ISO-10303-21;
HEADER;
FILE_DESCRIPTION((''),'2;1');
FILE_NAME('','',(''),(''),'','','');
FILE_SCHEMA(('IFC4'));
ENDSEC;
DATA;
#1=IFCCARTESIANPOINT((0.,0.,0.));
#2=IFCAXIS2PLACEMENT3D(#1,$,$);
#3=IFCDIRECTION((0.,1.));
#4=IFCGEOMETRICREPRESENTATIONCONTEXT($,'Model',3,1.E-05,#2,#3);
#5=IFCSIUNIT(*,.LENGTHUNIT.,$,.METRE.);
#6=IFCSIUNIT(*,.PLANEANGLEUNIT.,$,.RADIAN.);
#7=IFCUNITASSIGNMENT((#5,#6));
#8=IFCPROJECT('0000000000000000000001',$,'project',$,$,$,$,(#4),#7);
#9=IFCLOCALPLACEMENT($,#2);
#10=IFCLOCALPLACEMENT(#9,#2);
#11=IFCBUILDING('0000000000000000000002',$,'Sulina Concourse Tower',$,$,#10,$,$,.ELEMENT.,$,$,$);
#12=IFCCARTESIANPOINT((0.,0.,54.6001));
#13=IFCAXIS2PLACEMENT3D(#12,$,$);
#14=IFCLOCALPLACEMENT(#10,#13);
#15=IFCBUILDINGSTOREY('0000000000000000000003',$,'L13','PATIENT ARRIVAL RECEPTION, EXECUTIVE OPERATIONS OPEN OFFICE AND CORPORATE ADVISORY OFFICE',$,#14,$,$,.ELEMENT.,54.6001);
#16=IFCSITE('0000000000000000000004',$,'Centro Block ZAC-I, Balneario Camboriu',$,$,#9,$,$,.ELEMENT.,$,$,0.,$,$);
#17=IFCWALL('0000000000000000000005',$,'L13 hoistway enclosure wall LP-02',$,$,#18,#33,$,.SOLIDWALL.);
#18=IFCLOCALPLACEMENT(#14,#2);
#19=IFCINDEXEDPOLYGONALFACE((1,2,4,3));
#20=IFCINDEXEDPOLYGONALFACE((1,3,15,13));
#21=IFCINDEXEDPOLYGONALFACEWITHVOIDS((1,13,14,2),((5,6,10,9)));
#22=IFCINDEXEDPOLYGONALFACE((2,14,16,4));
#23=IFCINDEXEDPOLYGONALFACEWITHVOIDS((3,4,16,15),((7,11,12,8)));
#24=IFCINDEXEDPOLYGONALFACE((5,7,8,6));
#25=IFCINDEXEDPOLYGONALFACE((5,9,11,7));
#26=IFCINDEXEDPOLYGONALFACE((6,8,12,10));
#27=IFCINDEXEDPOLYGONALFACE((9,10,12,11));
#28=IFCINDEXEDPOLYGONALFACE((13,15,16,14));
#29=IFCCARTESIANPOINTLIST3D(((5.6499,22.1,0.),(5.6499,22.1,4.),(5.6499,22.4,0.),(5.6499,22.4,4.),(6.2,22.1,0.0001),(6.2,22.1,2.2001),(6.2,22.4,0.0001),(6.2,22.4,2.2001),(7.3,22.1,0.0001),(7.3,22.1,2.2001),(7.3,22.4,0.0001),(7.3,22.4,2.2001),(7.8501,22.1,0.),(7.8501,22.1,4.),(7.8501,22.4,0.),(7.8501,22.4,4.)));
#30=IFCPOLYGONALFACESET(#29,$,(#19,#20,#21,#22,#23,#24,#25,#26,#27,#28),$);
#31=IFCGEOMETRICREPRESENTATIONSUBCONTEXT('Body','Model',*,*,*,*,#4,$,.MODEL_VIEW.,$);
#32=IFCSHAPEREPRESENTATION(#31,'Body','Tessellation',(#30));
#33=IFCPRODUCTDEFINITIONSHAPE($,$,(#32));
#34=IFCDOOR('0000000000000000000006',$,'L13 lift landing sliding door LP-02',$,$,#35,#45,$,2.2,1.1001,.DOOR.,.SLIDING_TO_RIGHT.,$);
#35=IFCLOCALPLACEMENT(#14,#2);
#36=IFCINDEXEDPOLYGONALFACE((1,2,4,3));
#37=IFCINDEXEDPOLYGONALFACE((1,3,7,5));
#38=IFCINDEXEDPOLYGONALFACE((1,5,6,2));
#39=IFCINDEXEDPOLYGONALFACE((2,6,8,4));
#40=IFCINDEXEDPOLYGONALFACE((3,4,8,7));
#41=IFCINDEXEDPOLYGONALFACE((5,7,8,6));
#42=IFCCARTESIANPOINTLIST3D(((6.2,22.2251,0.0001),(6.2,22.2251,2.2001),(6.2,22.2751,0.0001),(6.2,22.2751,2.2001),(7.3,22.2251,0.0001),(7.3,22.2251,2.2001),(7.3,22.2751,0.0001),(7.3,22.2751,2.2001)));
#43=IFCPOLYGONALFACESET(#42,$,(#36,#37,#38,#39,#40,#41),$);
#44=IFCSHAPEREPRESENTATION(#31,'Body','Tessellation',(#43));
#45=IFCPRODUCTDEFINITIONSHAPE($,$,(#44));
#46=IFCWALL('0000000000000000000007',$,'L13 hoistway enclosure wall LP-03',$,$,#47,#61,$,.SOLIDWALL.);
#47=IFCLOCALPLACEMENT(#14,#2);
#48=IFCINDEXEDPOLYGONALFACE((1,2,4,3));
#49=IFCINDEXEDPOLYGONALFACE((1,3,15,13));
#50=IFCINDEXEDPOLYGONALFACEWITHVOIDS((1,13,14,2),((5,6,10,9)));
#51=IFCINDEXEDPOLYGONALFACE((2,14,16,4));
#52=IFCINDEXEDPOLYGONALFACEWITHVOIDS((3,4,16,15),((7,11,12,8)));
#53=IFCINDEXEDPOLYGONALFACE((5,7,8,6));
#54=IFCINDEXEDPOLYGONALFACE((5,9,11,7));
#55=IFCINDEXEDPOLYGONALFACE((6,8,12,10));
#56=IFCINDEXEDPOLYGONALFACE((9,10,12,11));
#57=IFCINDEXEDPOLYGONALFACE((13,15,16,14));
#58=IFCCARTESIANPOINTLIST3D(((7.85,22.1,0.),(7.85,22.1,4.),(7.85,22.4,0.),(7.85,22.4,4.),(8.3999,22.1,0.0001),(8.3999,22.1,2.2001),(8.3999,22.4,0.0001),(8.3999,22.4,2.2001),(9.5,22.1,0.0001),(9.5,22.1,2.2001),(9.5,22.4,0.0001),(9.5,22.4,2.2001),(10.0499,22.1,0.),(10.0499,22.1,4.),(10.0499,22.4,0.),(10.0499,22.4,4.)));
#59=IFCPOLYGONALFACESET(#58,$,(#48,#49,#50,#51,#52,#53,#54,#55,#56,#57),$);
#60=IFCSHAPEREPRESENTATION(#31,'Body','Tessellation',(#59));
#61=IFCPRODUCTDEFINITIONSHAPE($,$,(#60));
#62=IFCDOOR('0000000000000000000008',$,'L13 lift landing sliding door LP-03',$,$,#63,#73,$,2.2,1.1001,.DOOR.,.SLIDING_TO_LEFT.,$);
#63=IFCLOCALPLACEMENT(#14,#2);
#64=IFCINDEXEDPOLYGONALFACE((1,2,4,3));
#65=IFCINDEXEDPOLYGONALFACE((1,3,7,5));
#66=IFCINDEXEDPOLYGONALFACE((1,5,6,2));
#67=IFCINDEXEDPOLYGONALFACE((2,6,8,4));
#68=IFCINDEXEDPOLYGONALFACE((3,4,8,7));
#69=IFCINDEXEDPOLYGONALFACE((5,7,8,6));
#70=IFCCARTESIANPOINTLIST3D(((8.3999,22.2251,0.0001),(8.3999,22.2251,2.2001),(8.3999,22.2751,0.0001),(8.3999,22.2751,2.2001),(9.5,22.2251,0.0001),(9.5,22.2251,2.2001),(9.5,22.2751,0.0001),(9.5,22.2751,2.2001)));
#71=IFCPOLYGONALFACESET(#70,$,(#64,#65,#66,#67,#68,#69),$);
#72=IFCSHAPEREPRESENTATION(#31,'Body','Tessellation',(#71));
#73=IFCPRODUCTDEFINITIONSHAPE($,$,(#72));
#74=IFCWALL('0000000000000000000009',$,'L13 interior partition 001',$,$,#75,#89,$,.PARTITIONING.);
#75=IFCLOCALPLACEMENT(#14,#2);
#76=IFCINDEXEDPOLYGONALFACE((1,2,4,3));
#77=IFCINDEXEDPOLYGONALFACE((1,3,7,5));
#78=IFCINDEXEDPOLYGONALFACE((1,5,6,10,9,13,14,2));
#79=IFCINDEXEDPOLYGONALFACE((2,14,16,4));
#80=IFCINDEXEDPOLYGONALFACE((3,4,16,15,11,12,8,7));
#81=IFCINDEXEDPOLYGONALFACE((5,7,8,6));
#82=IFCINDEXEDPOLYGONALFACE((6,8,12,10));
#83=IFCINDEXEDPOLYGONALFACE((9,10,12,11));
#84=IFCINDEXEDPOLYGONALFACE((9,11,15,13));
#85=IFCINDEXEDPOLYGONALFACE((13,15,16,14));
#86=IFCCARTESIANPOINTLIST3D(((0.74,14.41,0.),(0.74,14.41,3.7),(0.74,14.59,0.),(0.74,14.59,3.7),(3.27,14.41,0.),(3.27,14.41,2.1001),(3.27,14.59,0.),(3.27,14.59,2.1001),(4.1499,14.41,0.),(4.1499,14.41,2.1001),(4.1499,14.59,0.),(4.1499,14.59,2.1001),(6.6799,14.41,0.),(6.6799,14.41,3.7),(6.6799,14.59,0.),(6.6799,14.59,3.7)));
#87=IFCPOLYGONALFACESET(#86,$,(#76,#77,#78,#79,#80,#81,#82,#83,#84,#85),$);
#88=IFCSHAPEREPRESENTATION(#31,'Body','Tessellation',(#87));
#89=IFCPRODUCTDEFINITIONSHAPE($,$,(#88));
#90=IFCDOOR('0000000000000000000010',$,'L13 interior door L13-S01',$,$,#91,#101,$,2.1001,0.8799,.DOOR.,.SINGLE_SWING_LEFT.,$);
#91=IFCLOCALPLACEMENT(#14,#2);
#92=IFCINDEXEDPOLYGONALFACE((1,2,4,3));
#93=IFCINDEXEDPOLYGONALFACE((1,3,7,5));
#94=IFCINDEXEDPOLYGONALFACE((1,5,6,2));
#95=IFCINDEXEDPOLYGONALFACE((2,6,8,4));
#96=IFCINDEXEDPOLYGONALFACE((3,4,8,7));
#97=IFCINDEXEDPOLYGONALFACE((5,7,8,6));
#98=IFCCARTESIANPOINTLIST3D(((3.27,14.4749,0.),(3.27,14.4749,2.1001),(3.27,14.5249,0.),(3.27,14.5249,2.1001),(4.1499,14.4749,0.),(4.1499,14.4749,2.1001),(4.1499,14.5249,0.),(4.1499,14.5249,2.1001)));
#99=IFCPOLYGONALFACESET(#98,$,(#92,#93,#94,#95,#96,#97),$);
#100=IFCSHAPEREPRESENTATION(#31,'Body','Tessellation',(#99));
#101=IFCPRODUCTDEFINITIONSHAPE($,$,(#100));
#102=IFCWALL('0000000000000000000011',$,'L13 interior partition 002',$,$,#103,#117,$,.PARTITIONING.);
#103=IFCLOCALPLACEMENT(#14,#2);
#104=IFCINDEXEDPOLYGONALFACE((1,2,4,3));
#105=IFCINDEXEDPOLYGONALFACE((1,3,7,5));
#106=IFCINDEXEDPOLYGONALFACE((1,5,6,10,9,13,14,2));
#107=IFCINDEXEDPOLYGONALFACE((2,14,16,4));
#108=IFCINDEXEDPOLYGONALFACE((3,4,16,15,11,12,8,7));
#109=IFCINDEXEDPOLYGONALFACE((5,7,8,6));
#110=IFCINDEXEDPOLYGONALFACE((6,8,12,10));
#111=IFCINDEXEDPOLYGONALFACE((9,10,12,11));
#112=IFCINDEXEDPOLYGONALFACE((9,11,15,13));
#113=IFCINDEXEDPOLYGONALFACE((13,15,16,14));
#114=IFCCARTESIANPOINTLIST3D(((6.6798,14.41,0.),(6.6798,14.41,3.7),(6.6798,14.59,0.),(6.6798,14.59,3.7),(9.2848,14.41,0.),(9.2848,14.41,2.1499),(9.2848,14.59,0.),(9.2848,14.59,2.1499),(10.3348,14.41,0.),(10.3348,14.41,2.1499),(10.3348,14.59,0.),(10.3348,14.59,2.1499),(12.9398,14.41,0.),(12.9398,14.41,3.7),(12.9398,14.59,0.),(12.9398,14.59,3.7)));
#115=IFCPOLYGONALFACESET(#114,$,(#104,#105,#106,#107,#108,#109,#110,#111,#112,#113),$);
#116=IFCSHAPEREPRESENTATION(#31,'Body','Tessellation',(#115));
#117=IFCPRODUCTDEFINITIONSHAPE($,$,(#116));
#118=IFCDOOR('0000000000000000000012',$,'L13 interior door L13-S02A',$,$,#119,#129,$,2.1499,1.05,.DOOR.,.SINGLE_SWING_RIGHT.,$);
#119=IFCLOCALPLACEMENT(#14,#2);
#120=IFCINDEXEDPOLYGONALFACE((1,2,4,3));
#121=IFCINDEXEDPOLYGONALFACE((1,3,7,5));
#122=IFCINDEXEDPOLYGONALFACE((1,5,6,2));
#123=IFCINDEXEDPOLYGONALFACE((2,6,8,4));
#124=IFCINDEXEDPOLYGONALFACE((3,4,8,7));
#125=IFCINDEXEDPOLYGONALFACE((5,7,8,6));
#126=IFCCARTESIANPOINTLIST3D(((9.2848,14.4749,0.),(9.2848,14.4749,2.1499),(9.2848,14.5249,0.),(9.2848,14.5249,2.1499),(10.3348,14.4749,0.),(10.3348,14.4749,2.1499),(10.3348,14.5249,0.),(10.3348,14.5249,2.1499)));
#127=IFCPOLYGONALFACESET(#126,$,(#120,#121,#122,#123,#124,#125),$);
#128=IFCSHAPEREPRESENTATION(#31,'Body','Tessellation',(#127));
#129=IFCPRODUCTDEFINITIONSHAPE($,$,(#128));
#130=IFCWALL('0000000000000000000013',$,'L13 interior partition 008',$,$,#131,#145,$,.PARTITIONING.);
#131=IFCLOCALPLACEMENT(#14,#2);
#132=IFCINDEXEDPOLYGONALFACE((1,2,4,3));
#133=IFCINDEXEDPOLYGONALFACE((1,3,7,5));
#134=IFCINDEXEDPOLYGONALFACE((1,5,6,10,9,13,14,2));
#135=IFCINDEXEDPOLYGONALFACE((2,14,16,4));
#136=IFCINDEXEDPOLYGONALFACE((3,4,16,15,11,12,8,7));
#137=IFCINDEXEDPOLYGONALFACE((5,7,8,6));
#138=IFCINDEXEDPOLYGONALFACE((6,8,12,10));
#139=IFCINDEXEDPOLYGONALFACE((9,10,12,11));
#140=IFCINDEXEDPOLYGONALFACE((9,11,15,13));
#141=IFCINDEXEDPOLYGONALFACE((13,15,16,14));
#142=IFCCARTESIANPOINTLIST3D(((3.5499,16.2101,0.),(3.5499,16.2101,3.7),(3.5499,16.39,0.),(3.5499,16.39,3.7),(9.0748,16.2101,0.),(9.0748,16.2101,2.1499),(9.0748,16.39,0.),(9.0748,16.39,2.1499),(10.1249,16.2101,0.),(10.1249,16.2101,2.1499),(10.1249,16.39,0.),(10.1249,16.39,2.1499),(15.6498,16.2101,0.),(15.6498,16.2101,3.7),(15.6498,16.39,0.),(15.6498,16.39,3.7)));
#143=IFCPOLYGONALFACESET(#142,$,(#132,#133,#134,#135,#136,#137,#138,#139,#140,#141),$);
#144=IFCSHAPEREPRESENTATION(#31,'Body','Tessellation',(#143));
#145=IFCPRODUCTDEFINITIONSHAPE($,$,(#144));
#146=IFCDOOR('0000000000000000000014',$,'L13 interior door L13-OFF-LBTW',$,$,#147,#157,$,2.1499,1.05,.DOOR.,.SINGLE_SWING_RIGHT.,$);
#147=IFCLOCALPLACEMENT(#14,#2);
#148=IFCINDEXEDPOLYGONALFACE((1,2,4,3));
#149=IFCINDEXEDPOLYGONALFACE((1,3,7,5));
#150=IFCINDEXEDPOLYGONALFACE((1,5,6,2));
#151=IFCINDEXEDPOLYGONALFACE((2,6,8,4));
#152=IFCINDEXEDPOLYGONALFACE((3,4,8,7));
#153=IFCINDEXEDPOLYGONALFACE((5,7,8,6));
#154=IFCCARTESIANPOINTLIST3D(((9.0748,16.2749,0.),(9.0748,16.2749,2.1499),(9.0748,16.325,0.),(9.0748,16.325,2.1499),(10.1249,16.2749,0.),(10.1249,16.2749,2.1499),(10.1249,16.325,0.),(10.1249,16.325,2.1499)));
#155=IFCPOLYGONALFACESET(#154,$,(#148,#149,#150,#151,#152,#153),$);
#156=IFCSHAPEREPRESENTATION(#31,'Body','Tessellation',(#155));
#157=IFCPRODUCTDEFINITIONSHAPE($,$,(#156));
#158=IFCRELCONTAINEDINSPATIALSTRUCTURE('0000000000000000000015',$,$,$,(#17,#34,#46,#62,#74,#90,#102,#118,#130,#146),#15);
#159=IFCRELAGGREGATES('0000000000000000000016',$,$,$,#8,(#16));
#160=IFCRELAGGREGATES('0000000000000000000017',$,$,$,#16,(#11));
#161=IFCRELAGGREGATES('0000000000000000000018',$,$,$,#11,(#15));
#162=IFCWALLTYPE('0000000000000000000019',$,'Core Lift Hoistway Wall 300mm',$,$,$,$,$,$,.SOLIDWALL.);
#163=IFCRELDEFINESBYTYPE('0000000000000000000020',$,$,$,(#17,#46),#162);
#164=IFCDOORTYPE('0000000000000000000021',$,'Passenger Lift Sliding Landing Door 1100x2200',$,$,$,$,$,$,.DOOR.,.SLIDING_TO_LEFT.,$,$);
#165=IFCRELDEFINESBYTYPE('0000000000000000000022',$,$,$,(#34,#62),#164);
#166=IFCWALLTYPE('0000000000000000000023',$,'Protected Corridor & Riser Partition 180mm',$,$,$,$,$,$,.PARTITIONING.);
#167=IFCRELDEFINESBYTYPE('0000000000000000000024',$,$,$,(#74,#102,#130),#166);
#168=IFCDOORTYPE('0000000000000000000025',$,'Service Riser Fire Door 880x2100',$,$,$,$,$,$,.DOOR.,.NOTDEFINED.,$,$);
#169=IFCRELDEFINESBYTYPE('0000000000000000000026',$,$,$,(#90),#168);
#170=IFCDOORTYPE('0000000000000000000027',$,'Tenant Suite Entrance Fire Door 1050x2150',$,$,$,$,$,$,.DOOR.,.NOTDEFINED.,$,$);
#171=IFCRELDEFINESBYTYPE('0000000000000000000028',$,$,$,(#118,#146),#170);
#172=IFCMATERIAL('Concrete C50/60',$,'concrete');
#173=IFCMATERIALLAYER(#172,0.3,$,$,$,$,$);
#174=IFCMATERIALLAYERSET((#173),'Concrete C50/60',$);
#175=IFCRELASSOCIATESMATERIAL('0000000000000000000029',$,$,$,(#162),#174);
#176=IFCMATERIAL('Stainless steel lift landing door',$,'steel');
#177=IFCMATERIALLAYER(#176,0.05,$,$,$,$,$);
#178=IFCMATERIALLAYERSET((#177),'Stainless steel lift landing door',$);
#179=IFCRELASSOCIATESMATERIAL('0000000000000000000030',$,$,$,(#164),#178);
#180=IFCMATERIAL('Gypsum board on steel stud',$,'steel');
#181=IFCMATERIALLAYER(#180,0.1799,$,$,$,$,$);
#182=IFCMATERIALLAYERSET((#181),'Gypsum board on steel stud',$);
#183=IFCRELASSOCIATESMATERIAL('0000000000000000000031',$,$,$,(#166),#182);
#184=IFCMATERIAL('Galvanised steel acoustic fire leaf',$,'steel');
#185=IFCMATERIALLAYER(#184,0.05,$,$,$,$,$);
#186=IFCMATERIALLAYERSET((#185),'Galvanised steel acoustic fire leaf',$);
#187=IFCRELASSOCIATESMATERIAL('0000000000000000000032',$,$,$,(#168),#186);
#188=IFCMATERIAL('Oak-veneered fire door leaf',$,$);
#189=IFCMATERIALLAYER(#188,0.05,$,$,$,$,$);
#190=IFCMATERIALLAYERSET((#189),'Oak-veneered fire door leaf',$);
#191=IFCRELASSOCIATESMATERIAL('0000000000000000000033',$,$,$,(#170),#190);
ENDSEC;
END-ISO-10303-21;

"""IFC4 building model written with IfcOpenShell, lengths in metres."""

from ifc_helpers import new_model, si_unit, direction, frame, frame_2d, origin, place, context, subcontext, project, spatial, rectangle, extrude, material, layer, layer_set, type_object, element, fill, save


model = new_model("IFC4")

# Units and contexts
model_context = context("Model", 3, precision=1e-05, world=origin(), true_north=direction((0.0, 1.0)))
body_context = subcontext(model_context, "Body", "Model", "MODEL_VIEW")
ifc_project = project(units=[si_unit("LENGTHUNIT", "METRE"), si_unit("PLANEANGLEUNIT", "RADIAN")], contexts=[model_context])

# Site, building, storey
site_placement = place(None, origin())
site = spatial("IfcSite", under=ifc_project, at=site_placement, Name="Centro Block ZAC-I, Balneario Camboriu", CompositionType="ELEMENT", RefElevation=0.0)
building_placement = place(site_placement, origin())
building = spatial("IfcBuilding", under=site, at=building_placement, Name="Sulina Concourse Tower", CompositionType="ELEMENT")
storey_placement = place(building_placement, frame((0.0, 0.0, 54.6001)))
storey = spatial("IfcBuildingStorey", under=building, at=storey_placement, Name="L13", Description="PATIENT ARRIVAL RECEPTION, EXECUTIVE OPERATIONS OPEN OFFICE AND CORPORATE ADVISORY OFFICE", CompositionType="ELEMENT", Elevation=54.6001)

# Walls, openings, doors
ifc_material_1 = material(Name="Concrete C50/60", Category="concrete")
ifc_layer_1 = layer(ifc_material_1, 0.3)
ifc_layer_set_1 = layer_set([ifc_layer_1], Name="Concrete C50/60")
wall_type_1 = type_object("IfcWallType", Name="Core Lift Hoistway Wall 300mm", PredefinedType="SOLIDWALL", material=ifc_layer_set_1)
ifc_material_2 = material(Name="Stainless steel lift landing door", Category="steel")
ifc_layer_2 = layer(ifc_material_2, 0.05)
ifc_layer_set_2 = layer_set([ifc_layer_2], Name="Stainless steel lift landing door")
door_type_1 = type_object("IfcDoorType", Name="Passenger Lift Sliding Landing Door 1100x2200", OperationType="SLIDING_TO_LEFT", PredefinedType="DOOR", material=ifc_layer_set_2)
wall_1_placement = place(storey_placement, frame((7.8501, 22.25, 0.0), z_axis=(0.0, 0.0, 1.0), x_axis=(-1.0, 0.0, 0.0)))
wall_1 = element("IfcWall", 1, at=wall_1_placement, inside=storey, type_object=wall_type_1, Name="L13 hoistway enclosure wall LP-02", PredefinedType="SOLIDWALL", context=body_context, shape_type="SweptSolid", body=[
    extrude(rectangle(XDim=2.2002, YDim=0.3, at=frame_2d((1.1001, 0.0))), origin(), (0.0, 0.0, 1.0), 4.0),
])
opening_1_placement = place(wall_1_placement, frame((0.55, 0.0, 0.0)))
opening_1 = element("IfcOpeningElement", 2, at=opening_1_placement, cuts=wall_1, PredefinedType="OPENING", context=body_context, shape_type="SweptSolid", body=[
    extrude(rectangle(XDim=1.1001, YDim=2.2, at=frame_2d((0.55, 1.1001))), frame((0.0, 0.1599, 0.0), z_axis=(0.0, -1.0, 0.0), x_axis=(1.0, 0.0, 0.0)), (0.0, 0.0, 1.0), 0.3201),
])
door_1_placement = place(opening_1_placement, origin())
door_1 = element("IfcDoor", 3, at=door_1_placement, inside=storey, type_object=door_type_1, Name="L13 lift landing sliding door LP-02", OperationType="SLIDING_TO_RIGHT", OverallHeight=2.2, OverallWidth=1.1001, PredefinedType="DOOR", context=body_context, shape_type="SweptSolid", body=[
    extrude(rectangle(XDim=1.1001, YDim=2.2, at=frame_2d((0.55, 1.1001))), frame((0.0, 0.0249, 0.0), z_axis=(0.0, -1.0, 0.0), x_axis=(1.0, 0.0, 0.0)), (0.0, 0.0, 1.0), 0.05),
])
fill(opening_1, door_1)
wall_2_placement = place(storey_placement, frame((10.05, 22.25, 0.0), z_axis=(0.0, 0.0, 1.0), x_axis=(-1.0, 0.0, 0.0)))
wall_2 = element("IfcWall", 4, at=wall_2_placement, inside=storey, type_object=wall_type_1, Name="L13 hoistway enclosure wall LP-03", PredefinedType="SOLIDWALL", context=body_context, shape_type="SweptSolid", body=[
    extrude(rectangle(XDim=2.2, YDim=0.3, at=frame_2d((1.1001, 0.0))), origin(), (0.0, 0.0, 1.0), 4.0),
])
opening_2_placement = place(wall_2_placement, frame((0.55, 0.0, 0.0)))
opening_2 = element("IfcOpeningElement", 5, at=opening_2_placement, cuts=wall_2, PredefinedType="OPENING", context=body_context, shape_type="SweptSolid", body=[
    extrude(rectangle(XDim=1.1001, YDim=2.2, at=frame_2d((0.55, 1.1001))), frame((0.0, 0.1599, 0.0), z_axis=(0.0, -1.0, 0.0), x_axis=(1.0, 0.0, 0.0)), (0.0, 0.0, 1.0), 0.3201),
])
door_2_placement = place(opening_2_placement, origin())
door_2 = element("IfcDoor", 6, at=door_2_placement, inside=storey, type_object=door_type_1, Name="L13 lift landing sliding door LP-03", OperationType="SLIDING_TO_LEFT", OverallHeight=2.2, OverallWidth=1.1001, PredefinedType="DOOR", context=body_context, shape_type="SweptSolid", body=[
    extrude(rectangle(XDim=1.1001, YDim=2.2, at=frame_2d((0.55, 1.1001))), frame((0.0, 0.0249, 0.0), z_axis=(0.0, -1.0, 0.0), x_axis=(1.0, 0.0, 0.0)), (0.0, 0.0, 1.0), 0.05),
])
fill(opening_2, door_2)
ifc_material_3 = material(Name="Gypsum board on steel stud", Category="steel")
ifc_layer_3 = layer(ifc_material_3, 0.1799)
ifc_layer_set_3 = layer_set([ifc_layer_3], Name="Gypsum board on steel stud")
wall_type_2 = type_object("IfcWallType", Name="Protected Corridor & Riser Partition 180mm", PredefinedType="PARTITIONING", material=ifc_layer_set_3)
wall_3_placement = place(storey_placement, frame((0.74, 14.5, 0.0), z_axis=(0.0, 0.0, 1.0), x_axis=(1.0, 0.0, 0.0)))
wall_3 = element("IfcWall", 7, at=wall_3_placement, inside=storey, type_object=wall_type_2, Name="L13 interior partition 001", PredefinedType="PARTITIONING", context=body_context, shape_type="SweptSolid", body=[
    extrude(rectangle(XDim=5.9399, YDim=0.1799, at=frame_2d((2.97, 0.0))), origin(), (0.0, 0.0, 1.0), 3.7),
])
opening_3_placement = place(wall_3_placement, frame((2.53, 0.0, 0.0)))
opening_3 = element("IfcOpeningElement", 8, at=opening_3_placement, cuts=wall_3, PredefinedType="OPENING", context=body_context, shape_type="SweptSolid", body=[
    extrude(rectangle(XDim=0.8799, YDim=2.1001, at=frame_2d((0.4399, 1.05))), frame((0.0, 0.0999, 0.0), z_axis=(0.0, -1.0, 0.0), x_axis=(1.0, 0.0, 0.0)), (0.0, 0.0, 1.0), 0.2),
])
ifc_material_4 = material(Name="Galvanised steel acoustic fire leaf", Category="steel")
ifc_layer_4 = layer(ifc_material_4, 0.05)
ifc_layer_set_4 = layer_set([ifc_layer_4], Name="Galvanised steel acoustic fire leaf")
door_type_2 = type_object("IfcDoorType", Name="Service Riser Fire Door 880x2100", OperationType="NOTDEFINED", PredefinedType="DOOR", material=ifc_layer_set_4)
door_3_placement = place(opening_3_placement, origin())
door_3 = element("IfcDoor", 9, at=door_3_placement, inside=storey, type_object=door_type_2, Name="L13 interior door L13-S01", OperationType="SINGLE_SWING_LEFT", OverallHeight=2.1001, OverallWidth=0.8799, PredefinedType="DOOR", context=body_context, shape_type="SweptSolid", body=[
    extrude(rectangle(XDim=0.8799, YDim=2.1001, at=frame_2d((0.4399, 1.05))), frame((0.0, 0.0249, 0.0), z_axis=(0.0, -1.0, 0.0), x_axis=(1.0, 0.0, 0.0)), (0.0, 0.0, 1.0), 0.05),
])
fill(opening_3, door_3)
wall_4_placement = place(storey_placement, frame((6.6799, 14.5, 0.0), z_axis=(0.0, 0.0, 1.0), x_axis=(1.0, 0.0, 0.0)))
wall_4 = element("IfcWall", 10, at=wall_4_placement, inside=storey, type_object=wall_type_2, Name="L13 interior partition 002", PredefinedType="PARTITIONING", context=body_context, shape_type="SweptSolid", body=[
    extrude(rectangle(XDim=6.26, YDim=0.1799, at=frame_2d((3.1299, 0.0))), origin(), (0.0, 0.0, 1.0), 3.7),
])
opening_4_placement = place(wall_4_placement, frame((2.605, 0.0, 0.0)))
opening_4 = element("IfcOpeningElement", 11, at=opening_4_placement, cuts=wall_4, PredefinedType="OPENING", context=body_context, shape_type="SweptSolid", body=[
    extrude(rectangle(XDim=1.05, YDim=2.1499, at=frame_2d((0.5249, 1.075))), frame((0.0, 0.0999, 0.0), z_axis=(0.0, -1.0, 0.0), x_axis=(1.0, 0.0, 0.0)), (0.0, 0.0, 1.0), 0.2),
])
ifc_material_5 = material(Name="Oak-veneered fire door leaf")
ifc_layer_5 = layer(ifc_material_5, 0.05)
ifc_layer_set_5 = layer_set([ifc_layer_5], Name="Oak-veneered fire door leaf")
door_type_3 = type_object("IfcDoorType", Name="Tenant Suite Entrance Fire Door 1050x2150", OperationType="NOTDEFINED", PredefinedType="DOOR", material=ifc_layer_set_5)
door_4_placement = place(opening_4_placement, origin())
door_4 = element("IfcDoor", 12, at=door_4_placement, inside=storey, type_object=door_type_3, Name="L13 interior door L13-S02A", OperationType="SINGLE_SWING_RIGHT", OverallHeight=2.1499, OverallWidth=1.05, PredefinedType="DOOR", context=body_context, shape_type="SweptSolid", body=[
    extrude(rectangle(XDim=1.05, YDim=2.1499, at=frame_2d((0.5249, 1.075))), frame((0.0, 0.0249, 0.0), z_axis=(0.0, -1.0, 0.0), x_axis=(1.0, 0.0, 0.0)), (0.0, 0.0, 1.0), 0.05),
])
fill(opening_4, door_4)
wall_5_placement = place(storey_placement, frame((3.55, 16.3, 0.0), z_axis=(0.0, 0.0, 1.0), x_axis=(1.0, 0.0, 0.0)))
wall_5 = element("IfcWall", 13, at=wall_5_placement, inside=storey, type_object=wall_type_2, Name="L13 interior partition 008", PredefinedType="PARTITIONING", context=body_context, shape_type="SweptSolid", body=[
    extrude(rectangle(XDim=12.0999, YDim=0.1799, at=frame_2d((6.0498, 0.0))), origin(), (0.0, 0.0, 1.0), 3.7),
])
opening_5_placement = place(wall_5_placement, frame((5.5249, 0.0, 0.0)))
opening_5 = element("IfcOpeningElement", 14, at=opening_5_placement, cuts=wall_5, PredefinedType="OPENING", context=body_context, shape_type="SweptSolid", body=[
    extrude(rectangle(XDim=1.05, YDim=2.1499, at=frame_2d((0.5249, 1.075))), frame((0.0, 0.0999, 0.0), z_axis=(0.0, -1.0, 0.0), x_axis=(1.0, 0.0, 0.0)), (0.0, 0.0, 1.0), 0.2),
])
door_5_placement = place(opening_5_placement, origin())
door_5 = element("IfcDoor", 15, at=door_5_placement, inside=storey, type_object=door_type_3, Name="L13 interior door L13-OFF-LBTW", OperationType="SINGLE_SWING_RIGHT", OverallHeight=2.1499, OverallWidth=1.05, PredefinedType="DOOR", context=body_context, shape_type="SweptSolid", body=[
    extrude(rectangle(XDim=1.05, YDim=2.1499, at=frame_2d((0.5249, 1.075))), frame((0.0, 0.0249, 0.0), z_axis=(0.0, -1.0, 0.0), x_axis=(1.0, 0.0, 0.0)), (0.0, 0.0, 1.0), 0.05),
])
fill(opening_5, door_5)

save(model, "model.ifc")
